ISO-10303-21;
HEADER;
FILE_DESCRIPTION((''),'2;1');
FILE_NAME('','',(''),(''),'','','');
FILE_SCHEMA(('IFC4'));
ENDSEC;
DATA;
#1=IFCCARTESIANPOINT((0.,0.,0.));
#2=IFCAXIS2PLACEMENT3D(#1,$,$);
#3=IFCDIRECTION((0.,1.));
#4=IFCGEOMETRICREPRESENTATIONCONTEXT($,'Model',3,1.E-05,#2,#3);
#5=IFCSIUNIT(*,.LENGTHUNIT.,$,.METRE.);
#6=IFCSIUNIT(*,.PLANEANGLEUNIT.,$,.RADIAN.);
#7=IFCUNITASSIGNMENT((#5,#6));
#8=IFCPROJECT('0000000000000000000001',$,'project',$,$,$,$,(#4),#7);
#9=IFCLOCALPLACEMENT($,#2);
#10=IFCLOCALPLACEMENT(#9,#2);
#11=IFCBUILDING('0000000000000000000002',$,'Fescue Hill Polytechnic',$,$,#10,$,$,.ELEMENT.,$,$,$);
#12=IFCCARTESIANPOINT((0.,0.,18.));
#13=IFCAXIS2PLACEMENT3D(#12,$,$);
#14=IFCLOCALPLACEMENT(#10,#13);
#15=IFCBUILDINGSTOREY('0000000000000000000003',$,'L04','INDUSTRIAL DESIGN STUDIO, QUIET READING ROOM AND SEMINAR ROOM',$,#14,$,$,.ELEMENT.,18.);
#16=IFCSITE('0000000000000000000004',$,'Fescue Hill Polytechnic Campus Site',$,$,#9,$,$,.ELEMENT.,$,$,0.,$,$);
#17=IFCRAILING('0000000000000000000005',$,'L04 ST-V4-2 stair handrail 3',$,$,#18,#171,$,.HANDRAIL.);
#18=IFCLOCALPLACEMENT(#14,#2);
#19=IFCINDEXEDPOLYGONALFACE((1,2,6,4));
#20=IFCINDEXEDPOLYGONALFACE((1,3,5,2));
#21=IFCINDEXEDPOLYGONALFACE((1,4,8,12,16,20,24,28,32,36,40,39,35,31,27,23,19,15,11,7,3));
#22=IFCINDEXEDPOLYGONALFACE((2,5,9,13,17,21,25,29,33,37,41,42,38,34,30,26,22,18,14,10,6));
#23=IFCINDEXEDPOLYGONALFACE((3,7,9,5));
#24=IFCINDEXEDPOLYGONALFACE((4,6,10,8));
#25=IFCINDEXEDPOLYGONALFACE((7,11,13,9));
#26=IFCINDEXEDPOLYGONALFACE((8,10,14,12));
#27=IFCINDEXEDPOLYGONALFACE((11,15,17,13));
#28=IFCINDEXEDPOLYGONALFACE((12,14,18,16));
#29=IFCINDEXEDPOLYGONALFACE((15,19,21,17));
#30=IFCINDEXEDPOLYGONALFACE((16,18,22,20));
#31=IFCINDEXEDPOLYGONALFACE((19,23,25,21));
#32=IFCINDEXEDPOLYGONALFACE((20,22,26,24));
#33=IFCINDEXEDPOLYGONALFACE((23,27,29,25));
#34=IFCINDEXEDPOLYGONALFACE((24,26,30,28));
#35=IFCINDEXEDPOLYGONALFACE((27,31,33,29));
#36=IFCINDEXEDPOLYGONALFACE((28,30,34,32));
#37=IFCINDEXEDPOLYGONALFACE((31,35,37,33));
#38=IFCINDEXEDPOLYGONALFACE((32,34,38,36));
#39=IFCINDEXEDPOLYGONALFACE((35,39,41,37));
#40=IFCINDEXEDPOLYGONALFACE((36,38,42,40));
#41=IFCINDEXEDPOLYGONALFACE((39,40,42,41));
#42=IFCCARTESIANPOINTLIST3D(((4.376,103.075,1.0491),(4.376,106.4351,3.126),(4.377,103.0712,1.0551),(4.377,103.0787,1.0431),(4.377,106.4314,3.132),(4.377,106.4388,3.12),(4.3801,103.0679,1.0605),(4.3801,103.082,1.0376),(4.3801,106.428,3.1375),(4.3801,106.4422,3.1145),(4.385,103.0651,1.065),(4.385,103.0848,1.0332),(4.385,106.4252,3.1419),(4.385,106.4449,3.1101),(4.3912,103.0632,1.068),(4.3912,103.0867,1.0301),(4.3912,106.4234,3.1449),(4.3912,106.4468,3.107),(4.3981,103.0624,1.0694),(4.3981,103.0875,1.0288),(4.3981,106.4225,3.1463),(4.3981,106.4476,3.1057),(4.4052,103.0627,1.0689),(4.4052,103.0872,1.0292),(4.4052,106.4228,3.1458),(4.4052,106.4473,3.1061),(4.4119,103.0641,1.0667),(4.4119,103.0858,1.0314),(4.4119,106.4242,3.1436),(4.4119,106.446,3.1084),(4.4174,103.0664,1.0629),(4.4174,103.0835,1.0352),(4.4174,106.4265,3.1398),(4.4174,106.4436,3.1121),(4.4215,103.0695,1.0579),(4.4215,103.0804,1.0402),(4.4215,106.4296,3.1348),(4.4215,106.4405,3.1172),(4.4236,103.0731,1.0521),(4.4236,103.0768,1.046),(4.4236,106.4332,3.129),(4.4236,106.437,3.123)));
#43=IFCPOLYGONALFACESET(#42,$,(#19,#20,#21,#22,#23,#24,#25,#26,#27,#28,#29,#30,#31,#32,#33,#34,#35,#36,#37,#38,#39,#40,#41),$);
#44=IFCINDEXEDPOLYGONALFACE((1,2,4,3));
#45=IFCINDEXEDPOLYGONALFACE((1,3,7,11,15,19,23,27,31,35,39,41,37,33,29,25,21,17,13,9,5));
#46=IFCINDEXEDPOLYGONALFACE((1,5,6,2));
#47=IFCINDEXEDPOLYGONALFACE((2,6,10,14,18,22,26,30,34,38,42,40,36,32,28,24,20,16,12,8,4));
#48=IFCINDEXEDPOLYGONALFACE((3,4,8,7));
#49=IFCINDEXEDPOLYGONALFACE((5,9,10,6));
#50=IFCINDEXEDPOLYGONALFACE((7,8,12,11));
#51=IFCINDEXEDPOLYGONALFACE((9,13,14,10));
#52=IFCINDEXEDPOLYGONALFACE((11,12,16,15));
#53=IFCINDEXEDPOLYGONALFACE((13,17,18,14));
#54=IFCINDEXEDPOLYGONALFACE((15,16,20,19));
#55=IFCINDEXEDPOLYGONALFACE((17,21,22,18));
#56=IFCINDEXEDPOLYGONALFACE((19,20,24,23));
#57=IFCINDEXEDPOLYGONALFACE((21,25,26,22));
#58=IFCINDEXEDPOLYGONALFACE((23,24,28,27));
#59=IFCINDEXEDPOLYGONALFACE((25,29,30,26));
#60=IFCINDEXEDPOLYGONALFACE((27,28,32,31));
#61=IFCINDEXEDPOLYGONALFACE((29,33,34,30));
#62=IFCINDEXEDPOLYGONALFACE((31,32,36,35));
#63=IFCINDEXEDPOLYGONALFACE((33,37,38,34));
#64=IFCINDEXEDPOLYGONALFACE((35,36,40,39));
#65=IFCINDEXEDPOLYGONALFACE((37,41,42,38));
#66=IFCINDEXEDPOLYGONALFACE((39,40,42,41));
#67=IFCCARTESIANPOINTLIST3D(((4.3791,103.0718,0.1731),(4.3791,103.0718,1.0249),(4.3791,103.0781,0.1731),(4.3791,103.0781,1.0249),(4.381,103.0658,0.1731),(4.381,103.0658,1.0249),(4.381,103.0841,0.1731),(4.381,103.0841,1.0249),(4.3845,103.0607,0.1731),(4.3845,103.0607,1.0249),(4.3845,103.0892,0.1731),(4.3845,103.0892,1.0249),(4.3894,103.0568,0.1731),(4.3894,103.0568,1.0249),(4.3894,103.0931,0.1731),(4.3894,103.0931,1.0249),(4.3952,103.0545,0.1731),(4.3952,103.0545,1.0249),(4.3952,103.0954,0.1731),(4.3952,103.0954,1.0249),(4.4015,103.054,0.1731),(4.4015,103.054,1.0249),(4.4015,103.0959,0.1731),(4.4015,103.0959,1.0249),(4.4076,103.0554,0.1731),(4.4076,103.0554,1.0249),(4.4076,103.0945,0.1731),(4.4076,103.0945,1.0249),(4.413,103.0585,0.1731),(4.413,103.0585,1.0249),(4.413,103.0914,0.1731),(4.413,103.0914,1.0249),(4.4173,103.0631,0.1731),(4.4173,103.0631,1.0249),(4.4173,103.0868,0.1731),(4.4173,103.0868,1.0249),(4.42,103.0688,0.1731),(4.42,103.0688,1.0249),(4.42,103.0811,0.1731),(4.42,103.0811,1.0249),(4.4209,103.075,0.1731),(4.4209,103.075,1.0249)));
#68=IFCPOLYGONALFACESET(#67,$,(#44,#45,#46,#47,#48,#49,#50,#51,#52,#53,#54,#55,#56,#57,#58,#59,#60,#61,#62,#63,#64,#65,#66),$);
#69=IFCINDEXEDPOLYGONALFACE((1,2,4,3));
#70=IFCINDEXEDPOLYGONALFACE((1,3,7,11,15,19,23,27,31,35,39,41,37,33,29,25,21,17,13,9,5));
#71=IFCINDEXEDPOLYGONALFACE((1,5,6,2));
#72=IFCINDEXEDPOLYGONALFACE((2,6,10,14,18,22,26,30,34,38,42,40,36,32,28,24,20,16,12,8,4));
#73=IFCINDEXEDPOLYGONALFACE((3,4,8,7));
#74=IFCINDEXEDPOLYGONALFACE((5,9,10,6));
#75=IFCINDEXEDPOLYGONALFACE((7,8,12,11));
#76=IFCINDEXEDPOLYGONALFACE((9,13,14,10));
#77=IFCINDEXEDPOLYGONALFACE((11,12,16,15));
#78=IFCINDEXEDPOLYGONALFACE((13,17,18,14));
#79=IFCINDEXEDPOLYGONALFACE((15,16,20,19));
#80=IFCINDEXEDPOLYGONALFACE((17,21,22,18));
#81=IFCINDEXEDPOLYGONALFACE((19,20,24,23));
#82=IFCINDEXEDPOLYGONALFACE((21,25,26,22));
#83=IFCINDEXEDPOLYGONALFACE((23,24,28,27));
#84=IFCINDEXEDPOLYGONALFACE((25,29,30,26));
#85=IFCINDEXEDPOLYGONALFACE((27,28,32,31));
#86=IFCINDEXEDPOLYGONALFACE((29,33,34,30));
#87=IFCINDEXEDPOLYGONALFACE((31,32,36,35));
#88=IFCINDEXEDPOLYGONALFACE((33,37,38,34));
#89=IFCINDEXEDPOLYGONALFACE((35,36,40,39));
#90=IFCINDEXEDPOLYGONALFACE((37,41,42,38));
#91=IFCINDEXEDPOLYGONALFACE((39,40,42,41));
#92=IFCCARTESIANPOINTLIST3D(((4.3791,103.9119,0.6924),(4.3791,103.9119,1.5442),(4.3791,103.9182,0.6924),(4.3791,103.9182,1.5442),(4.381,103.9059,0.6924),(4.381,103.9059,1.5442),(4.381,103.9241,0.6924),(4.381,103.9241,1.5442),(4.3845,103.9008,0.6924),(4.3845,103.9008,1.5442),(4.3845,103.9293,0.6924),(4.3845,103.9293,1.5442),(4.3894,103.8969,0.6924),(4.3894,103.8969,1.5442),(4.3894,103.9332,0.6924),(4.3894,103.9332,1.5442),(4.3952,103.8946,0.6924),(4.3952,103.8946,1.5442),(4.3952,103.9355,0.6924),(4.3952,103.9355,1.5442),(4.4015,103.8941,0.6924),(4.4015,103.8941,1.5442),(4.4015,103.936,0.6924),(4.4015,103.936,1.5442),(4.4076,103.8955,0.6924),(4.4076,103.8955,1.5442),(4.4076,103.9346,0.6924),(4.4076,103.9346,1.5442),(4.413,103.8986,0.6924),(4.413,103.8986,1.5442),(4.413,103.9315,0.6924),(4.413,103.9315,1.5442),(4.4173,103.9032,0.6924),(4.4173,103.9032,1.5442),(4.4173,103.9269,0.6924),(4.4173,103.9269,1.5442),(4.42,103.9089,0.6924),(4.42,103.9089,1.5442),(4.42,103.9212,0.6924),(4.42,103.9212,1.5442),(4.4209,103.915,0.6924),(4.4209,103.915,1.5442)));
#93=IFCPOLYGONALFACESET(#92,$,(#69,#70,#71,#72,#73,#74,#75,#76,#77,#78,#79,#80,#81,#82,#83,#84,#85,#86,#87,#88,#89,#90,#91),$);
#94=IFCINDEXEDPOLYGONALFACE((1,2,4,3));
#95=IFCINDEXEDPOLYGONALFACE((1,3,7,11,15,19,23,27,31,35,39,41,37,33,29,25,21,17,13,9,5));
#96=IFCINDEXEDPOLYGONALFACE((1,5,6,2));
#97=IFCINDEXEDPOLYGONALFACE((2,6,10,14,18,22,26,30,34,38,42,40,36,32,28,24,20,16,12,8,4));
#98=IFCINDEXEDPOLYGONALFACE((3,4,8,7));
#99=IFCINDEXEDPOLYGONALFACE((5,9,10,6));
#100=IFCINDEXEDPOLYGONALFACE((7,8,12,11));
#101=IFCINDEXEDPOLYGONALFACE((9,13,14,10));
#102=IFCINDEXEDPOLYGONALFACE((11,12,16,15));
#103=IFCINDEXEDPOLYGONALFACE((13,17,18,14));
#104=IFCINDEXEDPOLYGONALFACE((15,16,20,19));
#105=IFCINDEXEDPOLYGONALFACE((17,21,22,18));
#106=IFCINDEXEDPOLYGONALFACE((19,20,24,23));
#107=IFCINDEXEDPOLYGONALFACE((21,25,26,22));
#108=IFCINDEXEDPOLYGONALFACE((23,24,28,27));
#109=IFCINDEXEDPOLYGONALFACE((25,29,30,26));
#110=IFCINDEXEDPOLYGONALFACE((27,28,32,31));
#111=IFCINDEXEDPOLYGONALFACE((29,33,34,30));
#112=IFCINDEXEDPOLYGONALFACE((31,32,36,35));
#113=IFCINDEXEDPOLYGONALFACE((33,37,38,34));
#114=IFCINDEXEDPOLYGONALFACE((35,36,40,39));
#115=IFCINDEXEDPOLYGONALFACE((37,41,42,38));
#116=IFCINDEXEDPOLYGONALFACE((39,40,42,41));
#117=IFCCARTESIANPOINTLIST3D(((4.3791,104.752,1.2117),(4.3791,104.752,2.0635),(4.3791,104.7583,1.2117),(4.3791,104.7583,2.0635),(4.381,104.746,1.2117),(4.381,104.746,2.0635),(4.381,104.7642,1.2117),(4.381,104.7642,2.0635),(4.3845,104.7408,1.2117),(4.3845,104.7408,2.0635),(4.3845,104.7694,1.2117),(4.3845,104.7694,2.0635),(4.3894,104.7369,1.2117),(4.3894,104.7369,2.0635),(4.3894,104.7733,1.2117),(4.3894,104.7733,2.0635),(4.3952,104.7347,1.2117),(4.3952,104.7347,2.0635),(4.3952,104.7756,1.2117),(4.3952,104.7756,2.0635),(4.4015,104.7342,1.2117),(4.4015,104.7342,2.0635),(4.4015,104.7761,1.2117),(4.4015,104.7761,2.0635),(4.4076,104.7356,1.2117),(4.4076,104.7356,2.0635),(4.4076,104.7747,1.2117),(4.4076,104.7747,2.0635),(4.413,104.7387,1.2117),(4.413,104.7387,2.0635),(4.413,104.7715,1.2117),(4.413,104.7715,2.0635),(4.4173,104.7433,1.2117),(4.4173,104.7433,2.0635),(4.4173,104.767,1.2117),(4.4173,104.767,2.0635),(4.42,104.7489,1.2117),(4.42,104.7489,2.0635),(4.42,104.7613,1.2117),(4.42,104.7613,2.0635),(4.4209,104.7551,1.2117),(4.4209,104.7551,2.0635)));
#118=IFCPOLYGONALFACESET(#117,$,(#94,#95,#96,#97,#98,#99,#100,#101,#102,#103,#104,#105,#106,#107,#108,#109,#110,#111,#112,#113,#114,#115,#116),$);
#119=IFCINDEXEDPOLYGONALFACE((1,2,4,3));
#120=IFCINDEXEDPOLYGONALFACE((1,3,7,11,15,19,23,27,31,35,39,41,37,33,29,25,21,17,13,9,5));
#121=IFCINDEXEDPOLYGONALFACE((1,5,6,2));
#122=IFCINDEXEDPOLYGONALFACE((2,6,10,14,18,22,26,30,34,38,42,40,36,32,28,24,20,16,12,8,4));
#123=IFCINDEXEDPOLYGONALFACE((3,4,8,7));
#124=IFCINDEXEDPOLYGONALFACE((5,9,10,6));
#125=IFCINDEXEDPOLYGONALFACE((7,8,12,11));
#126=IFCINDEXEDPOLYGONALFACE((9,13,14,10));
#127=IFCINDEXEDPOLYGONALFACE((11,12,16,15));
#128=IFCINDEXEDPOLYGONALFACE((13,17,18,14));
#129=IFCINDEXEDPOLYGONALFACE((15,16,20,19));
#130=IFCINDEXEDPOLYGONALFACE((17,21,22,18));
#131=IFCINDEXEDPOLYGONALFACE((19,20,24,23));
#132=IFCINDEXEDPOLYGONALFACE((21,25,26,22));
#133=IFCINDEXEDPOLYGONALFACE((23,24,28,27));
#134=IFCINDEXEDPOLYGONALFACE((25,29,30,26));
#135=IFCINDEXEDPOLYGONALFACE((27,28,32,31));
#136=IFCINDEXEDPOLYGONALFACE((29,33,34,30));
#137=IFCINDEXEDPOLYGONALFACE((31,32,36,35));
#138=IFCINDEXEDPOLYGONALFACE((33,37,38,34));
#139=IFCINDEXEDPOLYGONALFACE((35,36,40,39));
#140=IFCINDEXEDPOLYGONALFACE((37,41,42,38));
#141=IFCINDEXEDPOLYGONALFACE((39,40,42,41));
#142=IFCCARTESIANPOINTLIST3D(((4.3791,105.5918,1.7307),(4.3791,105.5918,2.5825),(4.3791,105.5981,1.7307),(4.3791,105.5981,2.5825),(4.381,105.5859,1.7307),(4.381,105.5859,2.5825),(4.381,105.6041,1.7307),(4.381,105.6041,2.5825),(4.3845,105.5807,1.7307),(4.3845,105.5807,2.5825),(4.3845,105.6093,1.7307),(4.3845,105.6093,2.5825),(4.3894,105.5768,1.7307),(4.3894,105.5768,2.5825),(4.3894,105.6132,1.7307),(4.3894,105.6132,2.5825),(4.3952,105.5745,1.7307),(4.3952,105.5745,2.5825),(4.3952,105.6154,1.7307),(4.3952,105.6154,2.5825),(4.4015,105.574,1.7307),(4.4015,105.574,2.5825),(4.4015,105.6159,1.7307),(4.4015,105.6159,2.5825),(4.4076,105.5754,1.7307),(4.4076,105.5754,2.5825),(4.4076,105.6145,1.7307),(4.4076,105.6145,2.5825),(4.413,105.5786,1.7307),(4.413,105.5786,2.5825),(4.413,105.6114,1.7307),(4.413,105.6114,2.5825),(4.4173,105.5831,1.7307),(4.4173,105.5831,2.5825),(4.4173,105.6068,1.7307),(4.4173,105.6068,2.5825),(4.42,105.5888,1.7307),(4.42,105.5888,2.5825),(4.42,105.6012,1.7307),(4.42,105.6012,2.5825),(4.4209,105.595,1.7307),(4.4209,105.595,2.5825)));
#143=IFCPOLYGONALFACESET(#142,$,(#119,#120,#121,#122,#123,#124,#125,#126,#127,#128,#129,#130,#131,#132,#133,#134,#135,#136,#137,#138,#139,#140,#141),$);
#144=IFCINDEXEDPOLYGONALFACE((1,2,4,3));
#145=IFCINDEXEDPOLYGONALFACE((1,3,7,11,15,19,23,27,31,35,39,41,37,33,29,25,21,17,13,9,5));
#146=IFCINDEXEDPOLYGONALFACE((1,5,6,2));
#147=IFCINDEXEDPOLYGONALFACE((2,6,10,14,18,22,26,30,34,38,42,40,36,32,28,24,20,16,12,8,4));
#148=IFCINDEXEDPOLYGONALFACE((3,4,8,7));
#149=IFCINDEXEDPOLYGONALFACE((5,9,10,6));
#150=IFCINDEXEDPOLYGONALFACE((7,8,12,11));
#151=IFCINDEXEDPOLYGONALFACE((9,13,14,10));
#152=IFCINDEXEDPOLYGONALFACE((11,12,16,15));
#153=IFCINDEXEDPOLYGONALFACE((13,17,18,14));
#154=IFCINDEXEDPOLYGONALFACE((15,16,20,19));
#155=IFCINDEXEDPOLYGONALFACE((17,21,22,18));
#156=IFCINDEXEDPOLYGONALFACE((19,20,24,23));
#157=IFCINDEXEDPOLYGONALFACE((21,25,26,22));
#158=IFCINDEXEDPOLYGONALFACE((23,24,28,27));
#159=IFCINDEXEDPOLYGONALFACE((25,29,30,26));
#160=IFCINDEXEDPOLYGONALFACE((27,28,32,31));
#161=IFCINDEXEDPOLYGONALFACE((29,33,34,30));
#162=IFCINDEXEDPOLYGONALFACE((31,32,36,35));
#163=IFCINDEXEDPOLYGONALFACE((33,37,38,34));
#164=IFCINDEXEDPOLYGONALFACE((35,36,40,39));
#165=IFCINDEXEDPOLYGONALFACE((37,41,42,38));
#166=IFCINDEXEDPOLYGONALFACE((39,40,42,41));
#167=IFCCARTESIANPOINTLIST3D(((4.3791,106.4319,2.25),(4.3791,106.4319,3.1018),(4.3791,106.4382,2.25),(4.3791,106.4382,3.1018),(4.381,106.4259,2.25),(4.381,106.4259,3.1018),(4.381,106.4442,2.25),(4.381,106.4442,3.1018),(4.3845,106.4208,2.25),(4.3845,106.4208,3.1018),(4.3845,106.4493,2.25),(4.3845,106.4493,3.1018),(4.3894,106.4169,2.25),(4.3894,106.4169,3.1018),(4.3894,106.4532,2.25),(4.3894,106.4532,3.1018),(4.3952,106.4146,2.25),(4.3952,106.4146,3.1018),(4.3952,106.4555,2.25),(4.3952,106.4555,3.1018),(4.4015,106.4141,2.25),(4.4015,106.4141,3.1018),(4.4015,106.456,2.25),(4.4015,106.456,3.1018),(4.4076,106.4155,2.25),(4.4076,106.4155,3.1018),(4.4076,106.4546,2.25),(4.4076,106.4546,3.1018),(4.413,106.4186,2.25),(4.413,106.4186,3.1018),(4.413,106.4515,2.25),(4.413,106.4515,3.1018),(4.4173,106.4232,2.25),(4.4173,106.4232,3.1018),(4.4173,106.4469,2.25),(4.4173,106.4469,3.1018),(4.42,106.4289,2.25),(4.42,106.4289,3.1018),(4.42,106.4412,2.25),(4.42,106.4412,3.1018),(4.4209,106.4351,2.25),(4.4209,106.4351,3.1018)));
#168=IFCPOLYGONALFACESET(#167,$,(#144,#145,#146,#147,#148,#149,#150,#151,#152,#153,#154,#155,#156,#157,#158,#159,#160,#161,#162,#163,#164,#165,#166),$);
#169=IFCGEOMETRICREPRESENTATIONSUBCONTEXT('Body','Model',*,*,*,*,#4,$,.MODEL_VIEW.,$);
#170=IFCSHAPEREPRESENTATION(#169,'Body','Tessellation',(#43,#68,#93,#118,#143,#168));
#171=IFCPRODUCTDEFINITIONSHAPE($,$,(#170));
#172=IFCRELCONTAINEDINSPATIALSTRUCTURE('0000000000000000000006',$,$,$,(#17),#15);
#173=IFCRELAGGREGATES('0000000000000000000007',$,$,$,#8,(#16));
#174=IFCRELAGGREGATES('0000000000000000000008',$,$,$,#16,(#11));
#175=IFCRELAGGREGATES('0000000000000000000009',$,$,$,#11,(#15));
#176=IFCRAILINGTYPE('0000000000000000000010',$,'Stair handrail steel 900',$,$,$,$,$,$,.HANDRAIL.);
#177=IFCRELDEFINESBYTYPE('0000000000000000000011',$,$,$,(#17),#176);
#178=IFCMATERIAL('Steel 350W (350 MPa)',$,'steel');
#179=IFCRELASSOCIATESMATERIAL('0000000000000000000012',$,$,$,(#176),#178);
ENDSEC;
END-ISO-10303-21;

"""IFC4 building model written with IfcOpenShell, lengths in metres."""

from ifc_helpers import new_model, si_unit, direction, frame, origin, origin_2d, place, context, subcontext, project, spatial, circle, extrude, material, type_object, element, save


model = new_model("IFC4")

# Units and contexts
model_context = context("Model", 3, precision=1e-05, world=origin(), true_north=direction((0.0, 1.0)))
body_context = subcontext(model_context, "Body", "Model", "MODEL_VIEW")
ifc_project = project(units=[si_unit("LENGTHUNIT", "METRE"), si_unit("PLANEANGLEUNIT", "RADIAN")], contexts=[model_context])

# Site, building, storey
site_placement = place(None, origin())
site = spatial("IfcSite", under=ifc_project, at=site_placement, Name="Fescue Hill Polytechnic Campus Site", CompositionType="ELEMENT", RefElevation=0.0)
building_placement = place(site_placement, origin())
building = spatial("IfcBuilding", under=site, at=building_placement, Name="Fescue Hill Polytechnic", CompositionType="ELEMENT")
storey_placement = place(building_placement, frame((0.0, 0.0, 18.0)))
storey = spatial("IfcBuildingStorey", under=building, at=storey_placement, Name="L04", Description="INDUSTRIAL DESIGN STUDIO, QUIET READING ROOM AND SEMINAR ROOM", CompositionType="ELEMENT", Elevation=18.0)

# Railing
ifc_material_1 = material(Name="Steel 350W (350 MPa)", Category="steel")
railing_type_1 = type_object("IfcRailingType", Name="Stair handrail steel 900", PredefinedType="HANDRAIL", material=ifc_material_1)
railing_1_placement = place(storey_placement, frame((4.3999, 103.075, 0.1731)))
element("IfcRailing", 1, at=railing_1_placement, inside=storey, type_object=railing_type_1, Name="L04 ST-V4-2 stair handrail 3", PredefinedType="HANDRAIL", context=body_context, shape_type="SweptSolid", body=[
    extrude(circle(Radius=0.0239, at=origin_2d()), frame((0.0, 0.0, 0.876), z_axis=(0.0, 0.850623, 0.525776), x_axis=(-1.0, 0.0, 0.0)), (0.0, 0.0, 1.0), 3.9502),
    extrude(circle(Radius=0.021, at=origin_2d()), origin(), (0.0, 0.0, 1.0), 0.8518),
    extrude(circle(Radius=0.021, at=origin_2d()), frame((0.0, 0.8401, 0.5193)), (0.0, 0.0, 1.0), 0.8518),
    extrude(circle(Radius=0.021, at=origin_2d()), frame((0.0, 1.6802, 1.0386)), (0.0, 0.0, 1.0), 0.8518),
    extrude(circle(Radius=0.021, at=origin_2d()), frame((0.0, 2.52, 1.5576)), (0.0, 0.0, 1.0), 0.8518),
    extrude(circle(Radius=0.021, at=origin_2d()), frame((0.0, 3.3601, 2.0769)), (0.0, 0.0, 1.0), 0.8518),
])

save(model, "model.ifc")
